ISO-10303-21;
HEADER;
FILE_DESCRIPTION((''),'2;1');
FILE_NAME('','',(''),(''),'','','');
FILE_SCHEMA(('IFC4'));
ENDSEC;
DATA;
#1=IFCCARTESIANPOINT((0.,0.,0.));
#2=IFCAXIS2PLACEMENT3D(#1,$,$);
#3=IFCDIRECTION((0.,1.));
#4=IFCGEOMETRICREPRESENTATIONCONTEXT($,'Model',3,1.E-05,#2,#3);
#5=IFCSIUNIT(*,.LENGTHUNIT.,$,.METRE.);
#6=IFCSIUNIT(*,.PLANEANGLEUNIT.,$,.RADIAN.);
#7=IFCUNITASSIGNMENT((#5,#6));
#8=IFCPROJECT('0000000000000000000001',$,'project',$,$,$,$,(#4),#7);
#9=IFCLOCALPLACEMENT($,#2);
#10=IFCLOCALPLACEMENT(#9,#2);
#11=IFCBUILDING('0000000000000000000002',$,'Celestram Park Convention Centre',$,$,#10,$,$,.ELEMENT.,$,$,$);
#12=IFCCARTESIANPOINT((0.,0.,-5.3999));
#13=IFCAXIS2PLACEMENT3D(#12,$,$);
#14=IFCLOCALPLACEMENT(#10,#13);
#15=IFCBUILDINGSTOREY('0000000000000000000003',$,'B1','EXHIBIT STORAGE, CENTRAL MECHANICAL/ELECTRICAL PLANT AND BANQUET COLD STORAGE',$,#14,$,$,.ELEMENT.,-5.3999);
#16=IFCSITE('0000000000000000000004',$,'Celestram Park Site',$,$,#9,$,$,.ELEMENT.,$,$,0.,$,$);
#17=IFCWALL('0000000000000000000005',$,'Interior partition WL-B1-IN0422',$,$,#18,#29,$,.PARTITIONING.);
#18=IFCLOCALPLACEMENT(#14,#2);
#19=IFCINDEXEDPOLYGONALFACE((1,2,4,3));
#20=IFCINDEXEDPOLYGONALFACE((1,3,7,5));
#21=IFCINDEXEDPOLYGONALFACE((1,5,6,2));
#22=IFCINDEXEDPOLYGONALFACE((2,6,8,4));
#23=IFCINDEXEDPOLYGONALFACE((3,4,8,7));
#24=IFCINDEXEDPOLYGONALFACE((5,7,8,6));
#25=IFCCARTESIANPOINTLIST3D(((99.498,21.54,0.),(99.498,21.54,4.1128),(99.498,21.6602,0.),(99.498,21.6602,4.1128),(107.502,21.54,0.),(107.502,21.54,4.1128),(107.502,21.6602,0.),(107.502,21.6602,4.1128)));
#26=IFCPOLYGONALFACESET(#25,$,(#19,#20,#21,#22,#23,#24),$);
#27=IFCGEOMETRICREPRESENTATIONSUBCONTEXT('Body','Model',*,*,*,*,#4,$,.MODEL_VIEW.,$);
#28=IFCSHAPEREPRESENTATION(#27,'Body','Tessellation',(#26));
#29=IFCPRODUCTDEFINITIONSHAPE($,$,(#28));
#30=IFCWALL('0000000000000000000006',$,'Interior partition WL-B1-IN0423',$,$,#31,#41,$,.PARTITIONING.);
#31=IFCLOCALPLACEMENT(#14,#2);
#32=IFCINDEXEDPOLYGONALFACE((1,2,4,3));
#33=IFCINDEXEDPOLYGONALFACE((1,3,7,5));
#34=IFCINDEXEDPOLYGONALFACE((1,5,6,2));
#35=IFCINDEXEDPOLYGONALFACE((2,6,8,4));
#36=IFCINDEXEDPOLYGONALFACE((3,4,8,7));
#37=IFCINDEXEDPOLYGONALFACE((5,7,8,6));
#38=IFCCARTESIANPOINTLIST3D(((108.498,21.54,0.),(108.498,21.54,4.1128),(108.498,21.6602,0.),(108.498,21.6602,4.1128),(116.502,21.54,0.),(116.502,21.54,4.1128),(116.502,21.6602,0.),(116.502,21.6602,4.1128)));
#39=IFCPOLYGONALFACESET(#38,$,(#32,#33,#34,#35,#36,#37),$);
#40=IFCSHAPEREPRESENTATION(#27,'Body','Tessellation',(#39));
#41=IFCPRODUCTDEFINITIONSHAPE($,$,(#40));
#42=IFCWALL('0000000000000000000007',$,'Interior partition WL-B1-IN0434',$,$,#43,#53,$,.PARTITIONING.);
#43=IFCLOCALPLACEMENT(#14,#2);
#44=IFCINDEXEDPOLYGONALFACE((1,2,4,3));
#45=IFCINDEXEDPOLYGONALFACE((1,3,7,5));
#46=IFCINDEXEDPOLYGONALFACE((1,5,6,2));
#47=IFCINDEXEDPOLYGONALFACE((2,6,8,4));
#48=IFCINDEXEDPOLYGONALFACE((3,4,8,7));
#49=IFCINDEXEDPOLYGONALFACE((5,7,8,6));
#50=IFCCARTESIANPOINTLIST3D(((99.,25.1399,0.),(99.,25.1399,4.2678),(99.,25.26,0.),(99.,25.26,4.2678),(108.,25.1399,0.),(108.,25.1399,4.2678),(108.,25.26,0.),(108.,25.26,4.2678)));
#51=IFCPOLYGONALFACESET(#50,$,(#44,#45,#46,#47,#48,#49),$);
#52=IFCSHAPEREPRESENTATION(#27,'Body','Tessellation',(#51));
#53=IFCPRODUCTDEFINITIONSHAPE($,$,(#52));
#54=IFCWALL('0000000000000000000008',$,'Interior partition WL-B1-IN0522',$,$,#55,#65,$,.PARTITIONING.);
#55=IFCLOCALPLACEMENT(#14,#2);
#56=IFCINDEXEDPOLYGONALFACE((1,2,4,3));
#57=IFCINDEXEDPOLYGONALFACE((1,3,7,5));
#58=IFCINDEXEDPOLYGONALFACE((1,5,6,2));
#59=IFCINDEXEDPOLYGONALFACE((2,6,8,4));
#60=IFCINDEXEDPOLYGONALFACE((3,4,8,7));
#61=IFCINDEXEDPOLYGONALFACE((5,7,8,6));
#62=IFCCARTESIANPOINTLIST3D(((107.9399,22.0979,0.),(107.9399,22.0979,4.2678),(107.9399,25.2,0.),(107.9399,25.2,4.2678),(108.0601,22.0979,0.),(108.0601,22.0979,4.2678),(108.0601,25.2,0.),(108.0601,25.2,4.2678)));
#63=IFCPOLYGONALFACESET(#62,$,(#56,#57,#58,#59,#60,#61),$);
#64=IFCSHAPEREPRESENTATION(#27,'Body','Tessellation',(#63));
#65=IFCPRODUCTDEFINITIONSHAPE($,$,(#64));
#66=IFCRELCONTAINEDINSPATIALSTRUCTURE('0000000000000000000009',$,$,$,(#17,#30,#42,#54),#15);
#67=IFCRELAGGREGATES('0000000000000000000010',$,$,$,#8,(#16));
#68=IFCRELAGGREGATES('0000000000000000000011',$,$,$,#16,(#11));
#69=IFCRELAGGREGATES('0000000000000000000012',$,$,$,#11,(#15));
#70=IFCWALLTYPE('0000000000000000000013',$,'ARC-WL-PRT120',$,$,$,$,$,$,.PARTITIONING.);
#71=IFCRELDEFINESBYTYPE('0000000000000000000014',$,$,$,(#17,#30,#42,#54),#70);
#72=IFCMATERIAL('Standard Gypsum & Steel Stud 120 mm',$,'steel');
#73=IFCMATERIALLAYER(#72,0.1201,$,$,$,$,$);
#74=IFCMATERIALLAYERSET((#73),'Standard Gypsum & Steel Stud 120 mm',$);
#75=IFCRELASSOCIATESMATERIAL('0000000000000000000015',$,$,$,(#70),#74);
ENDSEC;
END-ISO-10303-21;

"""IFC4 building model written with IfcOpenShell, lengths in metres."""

from ifc_helpers import new_model, si_unit, direction, frame, frame_2d, origin, place, context, subcontext, project, spatial, rectangle, extrude, material, layer, layer_set, type_object, element, save


model = new_model("IFC4")

# Units and contexts
model_context = context("Model", 3, precision=1e-05, world=origin(), true_north=direction((0.0, 1.0)))
body_context = subcontext(model_context, "Body", "Model", "MODEL_VIEW")
ifc_project = project(units=[si_unit("LENGTHUNIT", "METRE"), si_unit("PLANEANGLEUNIT", "RADIAN")], contexts=[model_context])

# Site, building, storey
site_placement = place(None, origin())
site = spatial("IfcSite", under=ifc_project, at=site_placement, Name="Celestram Park Site", CompositionType="ELEMENT", RefElevation=0.0)
building_placement = place(site_placement, origin())
building = spatial("IfcBuilding", under=site, at=building_placement, Name="Celestram Park Convention Centre", CompositionType="ELEMENT")
storey_placement = place(building_placement, frame((0.0, 0.0, -5.3999)))
storey = spatial("IfcBuildingStorey", under=building, at=storey_placement, Name="B1", Description="EXHIBIT STORAGE, CENTRAL MECHANICAL/ELECTRICAL PLANT AND BANQUET COLD STORAGE", CompositionType="ELEMENT", Elevation=-5.3999)

# Walls
ifc_material_1 = material(Name="Standard Gypsum & Steel Stud 120 mm", Category="steel")
ifc_layer = layer(ifc_material_1, 0.1201)
ifc_layer_set = layer_set([ifc_layer], Name="Standard Gypsum & Steel Stud 120 mm")
wall_type = type_object("IfcWallType", Name="ARC-WL-PRT120", PredefinedType="PARTITIONING", material=ifc_layer_set)
for number, where, z_axis, x_axis, name in (
    (1, (99.498, 21.6001, 0.0), (0.0, 0.0, 1.0), (1.0, 0.0, 0.0), "Interior partition WL-B1-IN0422"),
    (2, (108.498, 21.6001, 0.0), (0.0, 0.0, 1.0), (1.0, 0.0, 0.0), "Interior partition WL-B1-IN0423"),
):
    element("IfcWall", number, at=place(storey_placement, frame(where, z_axis=z_axis, x_axis=x_axis)), inside=storey, type_object=wall_type, Name=name, PredefinedType="PARTITIONING", context=body_context, shape_type="SweptSolid", body=[
        extrude(rectangle(XDim=8.0039, YDim=0.1201, at=frame_2d((4.002, 0.0))), origin(), (0.0, 0.0, 1.0), 4.1128),
    ])
wall_1_placement = place(storey_placement, frame((99.0, 25.2, 0.0), z_axis=(0.0, 0.0, 1.0), x_axis=(1.0, 0.0, 0.0)))
element("IfcWall", 3, at=wall_1_placement, inside=storey, type_object=wall_type, Name="Interior partition WL-B1-IN0434", PredefinedType="PARTITIONING", context=body_context, shape_type="SweptSolid", body=[
    extrude(rectangle(XDim=9.0, YDim=0.1201, at=frame_2d((4.5, 0.0))), origin(), (0.0, 0.0, 1.0), 4.2678),
])
wall_2_placement = place(storey_placement, frame((108.0, 22.0979, 0.0), z_axis=(0.0, 0.0, 1.0), x_axis=(0.0, 1.0, 0.0)))
element("IfcWall", 4, at=wall_2_placement, inside=storey, type_object=wall_type, Name="Interior partition WL-B1-IN0522", PredefinedType="PARTITIONING", context=body_context, shape_type="SweptSolid", body=[
    extrude(rectangle(XDim=3.1021, YDim=0.1201, at=frame_2d((1.551, 0.0))), origin(), (0.0, 0.0, 1.0), 4.2678),
])

save(model, "model.ifc")
